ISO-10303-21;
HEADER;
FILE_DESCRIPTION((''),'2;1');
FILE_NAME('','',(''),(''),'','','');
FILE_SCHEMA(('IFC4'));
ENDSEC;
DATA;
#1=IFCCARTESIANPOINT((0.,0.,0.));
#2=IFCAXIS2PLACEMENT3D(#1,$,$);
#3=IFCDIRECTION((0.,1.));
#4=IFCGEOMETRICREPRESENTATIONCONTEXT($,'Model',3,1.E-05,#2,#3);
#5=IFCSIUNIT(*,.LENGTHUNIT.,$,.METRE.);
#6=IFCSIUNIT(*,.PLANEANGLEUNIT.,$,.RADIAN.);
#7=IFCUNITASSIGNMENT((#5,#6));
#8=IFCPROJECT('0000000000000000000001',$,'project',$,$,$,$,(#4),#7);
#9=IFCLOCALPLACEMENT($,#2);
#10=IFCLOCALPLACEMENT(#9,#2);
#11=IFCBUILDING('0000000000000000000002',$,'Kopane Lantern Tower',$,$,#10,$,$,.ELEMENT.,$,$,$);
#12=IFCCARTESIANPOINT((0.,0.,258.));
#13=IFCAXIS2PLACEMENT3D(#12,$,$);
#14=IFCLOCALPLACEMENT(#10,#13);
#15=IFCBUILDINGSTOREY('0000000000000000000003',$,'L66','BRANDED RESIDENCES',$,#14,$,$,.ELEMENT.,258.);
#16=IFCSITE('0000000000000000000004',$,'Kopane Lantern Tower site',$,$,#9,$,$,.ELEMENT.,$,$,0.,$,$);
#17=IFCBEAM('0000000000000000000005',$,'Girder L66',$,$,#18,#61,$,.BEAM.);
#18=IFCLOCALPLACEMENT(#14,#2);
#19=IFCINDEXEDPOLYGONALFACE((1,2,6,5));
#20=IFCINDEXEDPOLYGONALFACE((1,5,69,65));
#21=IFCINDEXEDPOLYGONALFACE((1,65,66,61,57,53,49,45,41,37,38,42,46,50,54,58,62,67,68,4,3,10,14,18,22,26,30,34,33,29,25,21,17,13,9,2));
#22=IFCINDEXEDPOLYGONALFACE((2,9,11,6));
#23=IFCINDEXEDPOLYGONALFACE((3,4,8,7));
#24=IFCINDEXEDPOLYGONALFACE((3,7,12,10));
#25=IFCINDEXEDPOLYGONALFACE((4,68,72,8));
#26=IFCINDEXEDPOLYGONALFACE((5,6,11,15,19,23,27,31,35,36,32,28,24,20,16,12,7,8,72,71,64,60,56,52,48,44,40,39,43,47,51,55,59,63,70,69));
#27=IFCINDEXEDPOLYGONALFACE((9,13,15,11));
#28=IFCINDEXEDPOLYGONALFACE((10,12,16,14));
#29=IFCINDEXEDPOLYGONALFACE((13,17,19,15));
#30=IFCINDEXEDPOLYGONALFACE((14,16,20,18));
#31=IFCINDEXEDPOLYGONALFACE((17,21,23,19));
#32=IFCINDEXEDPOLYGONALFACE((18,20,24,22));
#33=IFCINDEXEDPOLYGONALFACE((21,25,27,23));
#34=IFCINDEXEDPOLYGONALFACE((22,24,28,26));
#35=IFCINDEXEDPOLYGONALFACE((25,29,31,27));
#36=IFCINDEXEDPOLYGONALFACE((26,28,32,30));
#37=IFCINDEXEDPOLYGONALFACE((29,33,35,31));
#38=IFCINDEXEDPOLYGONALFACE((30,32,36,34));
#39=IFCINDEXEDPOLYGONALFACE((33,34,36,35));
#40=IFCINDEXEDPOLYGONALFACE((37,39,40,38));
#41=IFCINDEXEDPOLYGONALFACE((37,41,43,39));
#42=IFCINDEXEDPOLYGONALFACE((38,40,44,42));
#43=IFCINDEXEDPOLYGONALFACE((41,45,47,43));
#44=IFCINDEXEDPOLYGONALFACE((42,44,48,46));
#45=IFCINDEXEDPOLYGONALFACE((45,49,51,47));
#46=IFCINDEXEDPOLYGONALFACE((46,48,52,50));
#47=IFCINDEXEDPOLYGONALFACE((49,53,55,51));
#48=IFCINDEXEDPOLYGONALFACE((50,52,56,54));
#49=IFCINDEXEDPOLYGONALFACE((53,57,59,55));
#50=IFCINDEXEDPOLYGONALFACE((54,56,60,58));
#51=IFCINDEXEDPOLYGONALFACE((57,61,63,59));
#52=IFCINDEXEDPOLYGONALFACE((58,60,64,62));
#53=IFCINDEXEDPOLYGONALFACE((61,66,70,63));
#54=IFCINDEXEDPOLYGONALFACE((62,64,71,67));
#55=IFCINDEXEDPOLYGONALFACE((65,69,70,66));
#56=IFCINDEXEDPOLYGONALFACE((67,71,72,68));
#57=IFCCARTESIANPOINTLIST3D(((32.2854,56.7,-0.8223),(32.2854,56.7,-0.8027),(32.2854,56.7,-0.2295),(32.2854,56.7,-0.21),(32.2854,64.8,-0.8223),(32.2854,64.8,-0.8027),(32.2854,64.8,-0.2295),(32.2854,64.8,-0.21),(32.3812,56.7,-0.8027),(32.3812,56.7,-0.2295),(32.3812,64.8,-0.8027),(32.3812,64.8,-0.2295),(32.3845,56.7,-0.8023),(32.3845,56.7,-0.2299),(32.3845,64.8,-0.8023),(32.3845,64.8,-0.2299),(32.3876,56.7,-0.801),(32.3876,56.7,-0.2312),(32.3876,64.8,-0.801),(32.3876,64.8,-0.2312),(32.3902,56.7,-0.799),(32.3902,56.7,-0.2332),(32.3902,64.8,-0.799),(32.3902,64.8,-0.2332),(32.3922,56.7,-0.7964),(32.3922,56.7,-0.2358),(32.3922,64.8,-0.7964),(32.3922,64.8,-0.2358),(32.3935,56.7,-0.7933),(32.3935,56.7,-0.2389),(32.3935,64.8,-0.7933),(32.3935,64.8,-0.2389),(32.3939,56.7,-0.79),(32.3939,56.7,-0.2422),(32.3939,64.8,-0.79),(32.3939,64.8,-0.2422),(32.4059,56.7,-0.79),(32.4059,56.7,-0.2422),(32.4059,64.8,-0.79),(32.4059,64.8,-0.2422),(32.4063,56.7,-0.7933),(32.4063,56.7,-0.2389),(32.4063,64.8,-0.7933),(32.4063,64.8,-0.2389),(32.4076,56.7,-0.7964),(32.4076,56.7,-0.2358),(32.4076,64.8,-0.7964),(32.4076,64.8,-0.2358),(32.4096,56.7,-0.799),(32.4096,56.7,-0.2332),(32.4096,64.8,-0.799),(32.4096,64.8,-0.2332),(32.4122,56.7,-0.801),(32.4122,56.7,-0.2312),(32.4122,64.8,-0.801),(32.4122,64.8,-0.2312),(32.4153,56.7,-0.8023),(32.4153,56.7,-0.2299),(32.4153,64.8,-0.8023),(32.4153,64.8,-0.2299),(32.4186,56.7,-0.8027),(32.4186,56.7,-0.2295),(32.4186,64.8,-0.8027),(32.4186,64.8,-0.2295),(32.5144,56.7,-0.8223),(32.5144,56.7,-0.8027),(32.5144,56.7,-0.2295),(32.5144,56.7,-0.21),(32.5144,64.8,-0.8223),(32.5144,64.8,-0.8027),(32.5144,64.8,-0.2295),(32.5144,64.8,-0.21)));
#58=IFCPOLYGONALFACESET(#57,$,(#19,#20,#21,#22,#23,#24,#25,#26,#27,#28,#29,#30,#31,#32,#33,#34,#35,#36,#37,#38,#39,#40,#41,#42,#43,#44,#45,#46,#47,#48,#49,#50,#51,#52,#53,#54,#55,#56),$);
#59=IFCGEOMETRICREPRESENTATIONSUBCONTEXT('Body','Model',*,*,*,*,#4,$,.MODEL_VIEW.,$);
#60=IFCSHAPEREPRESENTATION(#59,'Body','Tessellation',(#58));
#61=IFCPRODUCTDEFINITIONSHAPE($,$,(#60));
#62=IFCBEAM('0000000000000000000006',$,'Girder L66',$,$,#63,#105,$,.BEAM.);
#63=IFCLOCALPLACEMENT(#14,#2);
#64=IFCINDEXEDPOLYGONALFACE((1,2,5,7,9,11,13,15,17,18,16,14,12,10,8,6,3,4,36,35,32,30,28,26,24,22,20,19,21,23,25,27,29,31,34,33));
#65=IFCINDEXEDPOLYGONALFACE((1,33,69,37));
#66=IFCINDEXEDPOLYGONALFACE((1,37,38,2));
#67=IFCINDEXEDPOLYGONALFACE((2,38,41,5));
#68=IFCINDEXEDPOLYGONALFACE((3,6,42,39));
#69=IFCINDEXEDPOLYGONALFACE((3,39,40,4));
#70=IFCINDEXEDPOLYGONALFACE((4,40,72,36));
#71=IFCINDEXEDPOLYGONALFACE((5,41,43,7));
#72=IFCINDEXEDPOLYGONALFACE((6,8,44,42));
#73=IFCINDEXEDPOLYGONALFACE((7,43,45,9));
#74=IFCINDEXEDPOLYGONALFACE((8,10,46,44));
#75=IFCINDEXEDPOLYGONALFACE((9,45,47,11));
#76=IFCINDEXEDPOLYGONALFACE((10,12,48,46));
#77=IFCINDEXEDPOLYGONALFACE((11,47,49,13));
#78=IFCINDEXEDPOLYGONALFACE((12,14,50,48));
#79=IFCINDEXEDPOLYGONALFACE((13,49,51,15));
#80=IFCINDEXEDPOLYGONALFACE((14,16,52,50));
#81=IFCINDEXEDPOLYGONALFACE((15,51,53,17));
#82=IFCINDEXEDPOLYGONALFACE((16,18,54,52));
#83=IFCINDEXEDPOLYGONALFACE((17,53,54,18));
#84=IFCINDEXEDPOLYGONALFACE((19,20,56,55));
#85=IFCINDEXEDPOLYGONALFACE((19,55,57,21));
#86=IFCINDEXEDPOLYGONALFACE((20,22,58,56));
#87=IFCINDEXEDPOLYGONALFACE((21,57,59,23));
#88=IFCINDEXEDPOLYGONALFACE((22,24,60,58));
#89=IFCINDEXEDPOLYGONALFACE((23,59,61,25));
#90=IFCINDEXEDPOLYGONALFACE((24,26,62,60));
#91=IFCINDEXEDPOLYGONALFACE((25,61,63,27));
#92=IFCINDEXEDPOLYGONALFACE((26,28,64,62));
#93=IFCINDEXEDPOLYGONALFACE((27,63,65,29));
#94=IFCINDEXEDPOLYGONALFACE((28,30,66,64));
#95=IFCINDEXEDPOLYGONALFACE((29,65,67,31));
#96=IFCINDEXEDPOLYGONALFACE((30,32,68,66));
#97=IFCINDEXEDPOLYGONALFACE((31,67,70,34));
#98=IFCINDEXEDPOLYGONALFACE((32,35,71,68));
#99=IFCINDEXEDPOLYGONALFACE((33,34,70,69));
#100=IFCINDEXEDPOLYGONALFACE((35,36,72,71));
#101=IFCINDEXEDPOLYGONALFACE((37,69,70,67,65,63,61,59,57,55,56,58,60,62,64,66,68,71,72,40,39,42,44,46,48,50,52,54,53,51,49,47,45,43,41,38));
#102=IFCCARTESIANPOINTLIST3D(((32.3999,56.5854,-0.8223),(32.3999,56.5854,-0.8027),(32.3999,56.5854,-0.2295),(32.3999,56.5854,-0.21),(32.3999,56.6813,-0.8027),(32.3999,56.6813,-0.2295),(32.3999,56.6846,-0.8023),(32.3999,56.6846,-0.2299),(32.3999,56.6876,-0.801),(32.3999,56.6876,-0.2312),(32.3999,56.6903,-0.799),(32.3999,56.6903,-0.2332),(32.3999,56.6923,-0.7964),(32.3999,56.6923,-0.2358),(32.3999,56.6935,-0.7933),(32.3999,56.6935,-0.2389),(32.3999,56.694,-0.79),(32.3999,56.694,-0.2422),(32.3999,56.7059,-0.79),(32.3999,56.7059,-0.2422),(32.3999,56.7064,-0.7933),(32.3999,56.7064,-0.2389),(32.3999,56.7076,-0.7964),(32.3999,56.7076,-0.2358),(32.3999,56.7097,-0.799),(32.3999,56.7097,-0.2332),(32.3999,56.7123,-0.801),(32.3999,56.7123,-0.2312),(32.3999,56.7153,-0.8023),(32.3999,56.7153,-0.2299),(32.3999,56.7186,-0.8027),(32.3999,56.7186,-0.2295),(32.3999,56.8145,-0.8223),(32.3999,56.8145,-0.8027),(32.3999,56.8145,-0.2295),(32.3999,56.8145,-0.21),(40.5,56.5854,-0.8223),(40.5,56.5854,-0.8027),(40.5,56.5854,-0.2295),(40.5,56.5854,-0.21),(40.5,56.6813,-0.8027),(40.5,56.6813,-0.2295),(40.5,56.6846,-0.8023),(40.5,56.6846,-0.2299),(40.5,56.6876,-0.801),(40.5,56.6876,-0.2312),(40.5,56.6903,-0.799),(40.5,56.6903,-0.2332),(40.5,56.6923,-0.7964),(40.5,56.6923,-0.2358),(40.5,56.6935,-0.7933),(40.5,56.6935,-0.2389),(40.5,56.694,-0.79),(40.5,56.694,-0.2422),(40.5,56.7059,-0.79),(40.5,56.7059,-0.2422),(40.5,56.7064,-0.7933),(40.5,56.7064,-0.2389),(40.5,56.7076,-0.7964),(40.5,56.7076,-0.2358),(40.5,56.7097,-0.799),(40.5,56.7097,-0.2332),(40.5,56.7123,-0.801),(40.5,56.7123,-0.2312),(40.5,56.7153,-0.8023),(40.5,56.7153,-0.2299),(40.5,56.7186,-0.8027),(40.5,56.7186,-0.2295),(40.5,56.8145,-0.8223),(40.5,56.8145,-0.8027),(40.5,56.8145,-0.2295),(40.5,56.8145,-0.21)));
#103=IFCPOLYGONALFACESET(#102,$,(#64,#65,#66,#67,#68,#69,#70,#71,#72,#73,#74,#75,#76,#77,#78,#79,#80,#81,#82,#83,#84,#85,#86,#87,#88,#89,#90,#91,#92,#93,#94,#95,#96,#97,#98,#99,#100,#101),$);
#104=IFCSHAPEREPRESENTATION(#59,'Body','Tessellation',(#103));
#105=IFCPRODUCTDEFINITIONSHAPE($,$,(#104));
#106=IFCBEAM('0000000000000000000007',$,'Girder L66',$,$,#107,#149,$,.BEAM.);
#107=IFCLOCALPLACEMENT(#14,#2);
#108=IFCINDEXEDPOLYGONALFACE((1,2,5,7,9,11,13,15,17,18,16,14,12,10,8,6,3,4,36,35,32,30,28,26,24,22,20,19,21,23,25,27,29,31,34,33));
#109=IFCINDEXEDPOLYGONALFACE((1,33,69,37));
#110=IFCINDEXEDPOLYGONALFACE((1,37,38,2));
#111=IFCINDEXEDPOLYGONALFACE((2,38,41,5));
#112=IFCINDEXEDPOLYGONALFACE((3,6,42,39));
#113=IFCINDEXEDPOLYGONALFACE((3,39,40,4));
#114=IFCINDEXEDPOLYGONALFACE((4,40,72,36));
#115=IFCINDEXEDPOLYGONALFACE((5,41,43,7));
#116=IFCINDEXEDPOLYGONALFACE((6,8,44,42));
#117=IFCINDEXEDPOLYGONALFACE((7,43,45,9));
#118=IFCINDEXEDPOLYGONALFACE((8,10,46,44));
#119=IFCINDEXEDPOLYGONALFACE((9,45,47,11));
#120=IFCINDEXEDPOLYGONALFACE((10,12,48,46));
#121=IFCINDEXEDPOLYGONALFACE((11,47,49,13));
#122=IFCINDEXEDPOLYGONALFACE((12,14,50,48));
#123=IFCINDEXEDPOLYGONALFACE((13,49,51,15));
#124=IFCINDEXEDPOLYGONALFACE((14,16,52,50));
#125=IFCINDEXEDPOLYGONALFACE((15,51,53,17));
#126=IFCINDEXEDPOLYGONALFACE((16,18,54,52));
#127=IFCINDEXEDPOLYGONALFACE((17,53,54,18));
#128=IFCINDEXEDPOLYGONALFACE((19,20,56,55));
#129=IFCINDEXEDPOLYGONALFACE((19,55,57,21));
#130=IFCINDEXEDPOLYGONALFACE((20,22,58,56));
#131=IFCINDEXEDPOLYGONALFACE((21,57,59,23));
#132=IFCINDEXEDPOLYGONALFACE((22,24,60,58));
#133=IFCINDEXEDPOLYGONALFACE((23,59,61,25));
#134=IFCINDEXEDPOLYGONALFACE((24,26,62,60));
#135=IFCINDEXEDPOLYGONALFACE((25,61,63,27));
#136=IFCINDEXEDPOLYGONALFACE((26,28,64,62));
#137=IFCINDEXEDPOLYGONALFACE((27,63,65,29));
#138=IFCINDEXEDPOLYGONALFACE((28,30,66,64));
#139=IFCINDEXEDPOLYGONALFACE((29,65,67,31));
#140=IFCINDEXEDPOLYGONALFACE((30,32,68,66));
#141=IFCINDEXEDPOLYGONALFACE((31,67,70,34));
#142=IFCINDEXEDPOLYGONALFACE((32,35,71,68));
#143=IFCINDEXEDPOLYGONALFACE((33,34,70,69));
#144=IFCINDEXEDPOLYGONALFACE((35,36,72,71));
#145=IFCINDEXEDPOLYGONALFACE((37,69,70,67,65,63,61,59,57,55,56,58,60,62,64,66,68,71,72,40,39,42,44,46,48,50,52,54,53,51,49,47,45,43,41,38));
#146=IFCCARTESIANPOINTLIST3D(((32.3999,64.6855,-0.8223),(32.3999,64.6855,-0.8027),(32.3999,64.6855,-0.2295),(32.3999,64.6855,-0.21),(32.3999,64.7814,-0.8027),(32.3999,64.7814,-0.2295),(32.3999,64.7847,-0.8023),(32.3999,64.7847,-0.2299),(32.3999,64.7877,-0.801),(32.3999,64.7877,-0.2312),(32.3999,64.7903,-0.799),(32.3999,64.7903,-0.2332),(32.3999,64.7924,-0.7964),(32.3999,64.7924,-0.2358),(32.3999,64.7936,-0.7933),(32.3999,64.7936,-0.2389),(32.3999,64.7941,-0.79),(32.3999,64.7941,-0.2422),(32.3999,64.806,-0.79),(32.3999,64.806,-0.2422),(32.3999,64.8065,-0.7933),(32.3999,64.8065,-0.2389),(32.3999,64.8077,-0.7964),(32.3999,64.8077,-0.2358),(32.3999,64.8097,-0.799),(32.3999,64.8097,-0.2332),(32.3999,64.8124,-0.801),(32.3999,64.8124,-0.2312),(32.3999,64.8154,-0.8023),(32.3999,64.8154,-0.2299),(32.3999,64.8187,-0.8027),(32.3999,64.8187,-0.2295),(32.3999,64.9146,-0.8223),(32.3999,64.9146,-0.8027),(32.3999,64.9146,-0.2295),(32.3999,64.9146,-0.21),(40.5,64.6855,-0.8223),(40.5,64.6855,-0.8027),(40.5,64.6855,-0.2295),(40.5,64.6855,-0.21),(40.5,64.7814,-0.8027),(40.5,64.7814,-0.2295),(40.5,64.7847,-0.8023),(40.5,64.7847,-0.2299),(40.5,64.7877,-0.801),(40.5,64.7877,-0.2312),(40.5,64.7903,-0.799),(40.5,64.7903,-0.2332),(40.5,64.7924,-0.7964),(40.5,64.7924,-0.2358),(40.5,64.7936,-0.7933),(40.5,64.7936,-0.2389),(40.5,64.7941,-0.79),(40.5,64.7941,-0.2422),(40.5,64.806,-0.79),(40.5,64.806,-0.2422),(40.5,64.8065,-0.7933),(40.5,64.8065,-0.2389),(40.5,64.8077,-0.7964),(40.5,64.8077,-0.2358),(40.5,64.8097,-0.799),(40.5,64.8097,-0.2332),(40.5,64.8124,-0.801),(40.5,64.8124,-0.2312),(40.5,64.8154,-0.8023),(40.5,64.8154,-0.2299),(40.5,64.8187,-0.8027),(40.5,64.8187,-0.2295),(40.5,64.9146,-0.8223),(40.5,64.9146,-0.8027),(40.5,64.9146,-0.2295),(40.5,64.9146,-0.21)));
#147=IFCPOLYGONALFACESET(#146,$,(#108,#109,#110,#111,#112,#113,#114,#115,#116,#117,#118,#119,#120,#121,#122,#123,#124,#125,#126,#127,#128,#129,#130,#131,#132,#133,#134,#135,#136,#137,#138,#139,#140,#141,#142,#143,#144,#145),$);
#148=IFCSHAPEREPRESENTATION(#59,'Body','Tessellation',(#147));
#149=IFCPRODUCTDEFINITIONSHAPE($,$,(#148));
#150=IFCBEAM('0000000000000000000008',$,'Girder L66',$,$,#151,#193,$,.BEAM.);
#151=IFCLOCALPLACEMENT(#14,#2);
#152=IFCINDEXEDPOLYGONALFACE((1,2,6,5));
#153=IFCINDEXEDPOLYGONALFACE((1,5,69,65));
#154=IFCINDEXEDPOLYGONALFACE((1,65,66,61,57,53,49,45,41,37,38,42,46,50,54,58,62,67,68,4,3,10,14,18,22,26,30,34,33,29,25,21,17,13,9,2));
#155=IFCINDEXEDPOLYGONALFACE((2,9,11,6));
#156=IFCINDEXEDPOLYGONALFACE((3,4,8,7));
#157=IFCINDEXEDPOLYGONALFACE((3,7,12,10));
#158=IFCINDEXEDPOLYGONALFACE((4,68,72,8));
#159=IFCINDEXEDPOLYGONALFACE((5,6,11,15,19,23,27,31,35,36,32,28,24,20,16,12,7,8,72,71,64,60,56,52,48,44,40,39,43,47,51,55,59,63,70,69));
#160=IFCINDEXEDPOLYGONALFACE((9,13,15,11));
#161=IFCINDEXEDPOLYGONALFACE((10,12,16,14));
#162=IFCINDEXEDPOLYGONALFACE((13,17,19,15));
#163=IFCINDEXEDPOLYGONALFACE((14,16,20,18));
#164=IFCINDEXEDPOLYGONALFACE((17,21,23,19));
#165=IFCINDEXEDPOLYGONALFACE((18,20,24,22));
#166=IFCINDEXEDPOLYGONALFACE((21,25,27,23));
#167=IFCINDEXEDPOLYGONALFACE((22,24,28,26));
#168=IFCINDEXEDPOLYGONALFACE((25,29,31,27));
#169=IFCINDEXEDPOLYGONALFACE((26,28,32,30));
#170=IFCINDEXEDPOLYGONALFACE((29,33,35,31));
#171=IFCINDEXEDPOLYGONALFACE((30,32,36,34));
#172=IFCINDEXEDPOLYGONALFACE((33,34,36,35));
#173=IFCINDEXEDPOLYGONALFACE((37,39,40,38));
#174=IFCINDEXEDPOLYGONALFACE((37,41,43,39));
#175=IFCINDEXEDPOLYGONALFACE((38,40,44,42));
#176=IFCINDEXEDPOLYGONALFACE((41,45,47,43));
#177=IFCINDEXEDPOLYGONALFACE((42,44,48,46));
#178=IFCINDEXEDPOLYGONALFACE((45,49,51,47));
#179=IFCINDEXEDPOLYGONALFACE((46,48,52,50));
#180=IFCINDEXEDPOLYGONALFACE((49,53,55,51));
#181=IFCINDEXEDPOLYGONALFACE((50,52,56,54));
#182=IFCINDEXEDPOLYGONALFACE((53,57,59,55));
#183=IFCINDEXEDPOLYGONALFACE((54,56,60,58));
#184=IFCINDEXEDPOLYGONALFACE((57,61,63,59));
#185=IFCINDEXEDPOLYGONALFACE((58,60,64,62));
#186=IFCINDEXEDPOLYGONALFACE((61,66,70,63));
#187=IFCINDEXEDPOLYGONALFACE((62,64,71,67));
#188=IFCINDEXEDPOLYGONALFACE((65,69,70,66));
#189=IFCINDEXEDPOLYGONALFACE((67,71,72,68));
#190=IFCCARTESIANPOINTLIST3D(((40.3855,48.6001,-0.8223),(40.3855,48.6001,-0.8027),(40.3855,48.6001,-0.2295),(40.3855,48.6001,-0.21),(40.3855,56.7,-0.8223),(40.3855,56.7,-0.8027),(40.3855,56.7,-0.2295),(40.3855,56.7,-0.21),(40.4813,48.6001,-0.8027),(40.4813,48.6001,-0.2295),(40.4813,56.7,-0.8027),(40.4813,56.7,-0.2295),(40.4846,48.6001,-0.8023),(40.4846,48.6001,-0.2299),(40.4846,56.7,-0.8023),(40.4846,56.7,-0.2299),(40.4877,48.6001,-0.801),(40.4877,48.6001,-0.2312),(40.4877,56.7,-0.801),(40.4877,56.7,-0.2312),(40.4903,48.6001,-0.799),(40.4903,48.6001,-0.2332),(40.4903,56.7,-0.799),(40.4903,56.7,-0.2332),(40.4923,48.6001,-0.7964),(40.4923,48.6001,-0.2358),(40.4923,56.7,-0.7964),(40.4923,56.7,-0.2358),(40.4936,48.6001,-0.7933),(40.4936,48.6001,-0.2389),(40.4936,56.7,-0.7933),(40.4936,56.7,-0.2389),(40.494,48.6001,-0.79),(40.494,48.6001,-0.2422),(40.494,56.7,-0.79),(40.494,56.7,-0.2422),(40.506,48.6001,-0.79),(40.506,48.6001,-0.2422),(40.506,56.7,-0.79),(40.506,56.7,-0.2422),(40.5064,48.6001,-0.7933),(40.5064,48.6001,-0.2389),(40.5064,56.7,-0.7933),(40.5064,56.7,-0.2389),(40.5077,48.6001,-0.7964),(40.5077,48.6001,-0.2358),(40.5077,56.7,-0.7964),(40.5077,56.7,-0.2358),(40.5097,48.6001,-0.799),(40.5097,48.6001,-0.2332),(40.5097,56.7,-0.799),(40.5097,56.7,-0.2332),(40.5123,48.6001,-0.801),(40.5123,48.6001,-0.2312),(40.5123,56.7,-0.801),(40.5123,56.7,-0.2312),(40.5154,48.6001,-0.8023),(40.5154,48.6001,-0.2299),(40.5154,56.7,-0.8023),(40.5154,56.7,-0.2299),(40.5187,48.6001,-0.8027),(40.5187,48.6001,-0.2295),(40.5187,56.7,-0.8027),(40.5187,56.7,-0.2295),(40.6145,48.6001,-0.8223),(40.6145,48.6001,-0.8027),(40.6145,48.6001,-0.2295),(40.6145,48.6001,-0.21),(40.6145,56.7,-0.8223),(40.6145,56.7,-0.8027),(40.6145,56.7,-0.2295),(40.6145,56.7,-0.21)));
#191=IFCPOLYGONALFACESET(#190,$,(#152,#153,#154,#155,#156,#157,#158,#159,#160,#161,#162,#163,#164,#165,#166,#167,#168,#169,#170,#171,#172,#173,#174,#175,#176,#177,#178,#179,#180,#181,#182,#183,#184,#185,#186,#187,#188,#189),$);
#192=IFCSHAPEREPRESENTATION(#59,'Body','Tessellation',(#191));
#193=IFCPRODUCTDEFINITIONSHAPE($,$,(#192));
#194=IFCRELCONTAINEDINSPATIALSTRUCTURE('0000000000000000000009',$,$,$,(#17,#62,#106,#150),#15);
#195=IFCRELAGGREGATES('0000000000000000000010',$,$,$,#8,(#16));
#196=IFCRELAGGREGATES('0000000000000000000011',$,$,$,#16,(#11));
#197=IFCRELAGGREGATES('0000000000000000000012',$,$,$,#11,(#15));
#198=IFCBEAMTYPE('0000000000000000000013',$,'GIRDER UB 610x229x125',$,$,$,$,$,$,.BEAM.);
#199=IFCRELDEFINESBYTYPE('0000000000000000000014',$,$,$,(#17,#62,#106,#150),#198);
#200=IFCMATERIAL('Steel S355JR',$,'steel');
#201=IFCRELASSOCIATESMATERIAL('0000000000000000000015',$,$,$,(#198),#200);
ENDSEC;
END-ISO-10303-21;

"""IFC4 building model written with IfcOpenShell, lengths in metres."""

from ifc_helpers import new_model, si_unit, direction, frame, origin, origin_2d, place, context, subcontext, project, spatial, i_section, extrude, material, material_profile, profile_set, type_object, element, save


model = new_model("IFC4")

# Units and contexts
model_context = context("Model", 3, precision=1e-05, world=origin(), true_north=direction((0.0, 1.0)))
body_context = subcontext(model_context, "Body", "Model", "MODEL_VIEW")
ifc_project = project(units=[si_unit("LENGTHUNIT", "METRE"), si_unit("PLANEANGLEUNIT", "RADIAN")], contexts=[model_context])

# Site, building, storey
site_placement = place(None, origin())
site = spatial("IfcSite", under=ifc_project, at=site_placement, Name="Kopane Lantern Tower site", CompositionType="ELEMENT", RefElevation=0.0)
building_placement = place(site_placement, origin())
building = spatial("IfcBuilding", under=site, at=building_placement, Name="Kopane Lantern Tower", CompositionType="ELEMENT")
storey_placement = place(building_placement, frame((0.0, 0.0, 258.0)))
storey = spatial("IfcBuildingStorey", under=building, at=storey_placement, Name="L66", Description="BRANDED RESIDENCES", CompositionType="ELEMENT", Elevation=258.0)

# Beams
ifc_material_1 = material(Name="Steel S355JR", Category="steel")
ifc_material_profile_1 = material_profile(ifc_material_1, i_section(OverallWidth=0.229, OverallDepth=0.6123, WebThickness=0.012, FlangeThickness=0.0195, FilletRadius=0.0127, at=origin_2d()), Name="UB 610x229x125")
ifc_profile_set_1 = profile_set([ifc_material_profile_1], Name="Steel S355JR")
beam_type = type_object("IfcBeamType", Name="GIRDER UB 610x229x125", PredefinedType="BEAM", material=ifc_profile_set_1)
for number, where, z_axis, x_axis, name in (
    (1, (32.3999, 56.7, -0.5161), (0.0, 1.0, 0.0), (-1.0, 0.0, 0.0), "Girder L66"),
    (2, (32.3999, 56.7, -0.5161), (1.0, 0.0, 0.0), (0.0, 1.0, 0.0), "Girder L66"),
    (3, (32.3999, 64.8, -0.5161), (1.0, 0.0, 0.0), (0.0, 1.0, 0.0), "Girder L66"),
):
    element("IfcBeam", number, at=place(storey_placement, frame(where, z_axis=z_axis, x_axis=x_axis)), inside=storey, type_object=beam_type, Name=name, PredefinedType="BEAM", context=body_context, shape_type="SweptSolid", body=[
        extrude(i_section(OverallWidth=0.229, OverallDepth=0.6123, WebThickness=0.012, FlangeThickness=0.0195, FilletRadius=0.0127, at=origin_2d()), origin(), (0.0, 0.0, 1.0), 8.1001),
    ])
beam_1_placement = place(storey_placement, frame((40.5, 48.6001, -0.5161), z_axis=(0.0, 1.0, 0.0), x_axis=(-1.0, 0.0, 0.0)))
element("IfcBeam", 4, at=beam_1_placement, inside=storey, type_object=beam_type, Name="Girder L66", PredefinedType="BEAM", context=body_context, shape_type="SweptSolid", body=[
    extrude(i_section(OverallWidth=0.229, OverallDepth=0.6123, WebThickness=0.012, FlangeThickness=0.0195, FilletRadius=0.0127, at=origin_2d()), origin(), (0.0, 0.0, 1.0), 8.0999),
])

save(model, "model.ifc")
